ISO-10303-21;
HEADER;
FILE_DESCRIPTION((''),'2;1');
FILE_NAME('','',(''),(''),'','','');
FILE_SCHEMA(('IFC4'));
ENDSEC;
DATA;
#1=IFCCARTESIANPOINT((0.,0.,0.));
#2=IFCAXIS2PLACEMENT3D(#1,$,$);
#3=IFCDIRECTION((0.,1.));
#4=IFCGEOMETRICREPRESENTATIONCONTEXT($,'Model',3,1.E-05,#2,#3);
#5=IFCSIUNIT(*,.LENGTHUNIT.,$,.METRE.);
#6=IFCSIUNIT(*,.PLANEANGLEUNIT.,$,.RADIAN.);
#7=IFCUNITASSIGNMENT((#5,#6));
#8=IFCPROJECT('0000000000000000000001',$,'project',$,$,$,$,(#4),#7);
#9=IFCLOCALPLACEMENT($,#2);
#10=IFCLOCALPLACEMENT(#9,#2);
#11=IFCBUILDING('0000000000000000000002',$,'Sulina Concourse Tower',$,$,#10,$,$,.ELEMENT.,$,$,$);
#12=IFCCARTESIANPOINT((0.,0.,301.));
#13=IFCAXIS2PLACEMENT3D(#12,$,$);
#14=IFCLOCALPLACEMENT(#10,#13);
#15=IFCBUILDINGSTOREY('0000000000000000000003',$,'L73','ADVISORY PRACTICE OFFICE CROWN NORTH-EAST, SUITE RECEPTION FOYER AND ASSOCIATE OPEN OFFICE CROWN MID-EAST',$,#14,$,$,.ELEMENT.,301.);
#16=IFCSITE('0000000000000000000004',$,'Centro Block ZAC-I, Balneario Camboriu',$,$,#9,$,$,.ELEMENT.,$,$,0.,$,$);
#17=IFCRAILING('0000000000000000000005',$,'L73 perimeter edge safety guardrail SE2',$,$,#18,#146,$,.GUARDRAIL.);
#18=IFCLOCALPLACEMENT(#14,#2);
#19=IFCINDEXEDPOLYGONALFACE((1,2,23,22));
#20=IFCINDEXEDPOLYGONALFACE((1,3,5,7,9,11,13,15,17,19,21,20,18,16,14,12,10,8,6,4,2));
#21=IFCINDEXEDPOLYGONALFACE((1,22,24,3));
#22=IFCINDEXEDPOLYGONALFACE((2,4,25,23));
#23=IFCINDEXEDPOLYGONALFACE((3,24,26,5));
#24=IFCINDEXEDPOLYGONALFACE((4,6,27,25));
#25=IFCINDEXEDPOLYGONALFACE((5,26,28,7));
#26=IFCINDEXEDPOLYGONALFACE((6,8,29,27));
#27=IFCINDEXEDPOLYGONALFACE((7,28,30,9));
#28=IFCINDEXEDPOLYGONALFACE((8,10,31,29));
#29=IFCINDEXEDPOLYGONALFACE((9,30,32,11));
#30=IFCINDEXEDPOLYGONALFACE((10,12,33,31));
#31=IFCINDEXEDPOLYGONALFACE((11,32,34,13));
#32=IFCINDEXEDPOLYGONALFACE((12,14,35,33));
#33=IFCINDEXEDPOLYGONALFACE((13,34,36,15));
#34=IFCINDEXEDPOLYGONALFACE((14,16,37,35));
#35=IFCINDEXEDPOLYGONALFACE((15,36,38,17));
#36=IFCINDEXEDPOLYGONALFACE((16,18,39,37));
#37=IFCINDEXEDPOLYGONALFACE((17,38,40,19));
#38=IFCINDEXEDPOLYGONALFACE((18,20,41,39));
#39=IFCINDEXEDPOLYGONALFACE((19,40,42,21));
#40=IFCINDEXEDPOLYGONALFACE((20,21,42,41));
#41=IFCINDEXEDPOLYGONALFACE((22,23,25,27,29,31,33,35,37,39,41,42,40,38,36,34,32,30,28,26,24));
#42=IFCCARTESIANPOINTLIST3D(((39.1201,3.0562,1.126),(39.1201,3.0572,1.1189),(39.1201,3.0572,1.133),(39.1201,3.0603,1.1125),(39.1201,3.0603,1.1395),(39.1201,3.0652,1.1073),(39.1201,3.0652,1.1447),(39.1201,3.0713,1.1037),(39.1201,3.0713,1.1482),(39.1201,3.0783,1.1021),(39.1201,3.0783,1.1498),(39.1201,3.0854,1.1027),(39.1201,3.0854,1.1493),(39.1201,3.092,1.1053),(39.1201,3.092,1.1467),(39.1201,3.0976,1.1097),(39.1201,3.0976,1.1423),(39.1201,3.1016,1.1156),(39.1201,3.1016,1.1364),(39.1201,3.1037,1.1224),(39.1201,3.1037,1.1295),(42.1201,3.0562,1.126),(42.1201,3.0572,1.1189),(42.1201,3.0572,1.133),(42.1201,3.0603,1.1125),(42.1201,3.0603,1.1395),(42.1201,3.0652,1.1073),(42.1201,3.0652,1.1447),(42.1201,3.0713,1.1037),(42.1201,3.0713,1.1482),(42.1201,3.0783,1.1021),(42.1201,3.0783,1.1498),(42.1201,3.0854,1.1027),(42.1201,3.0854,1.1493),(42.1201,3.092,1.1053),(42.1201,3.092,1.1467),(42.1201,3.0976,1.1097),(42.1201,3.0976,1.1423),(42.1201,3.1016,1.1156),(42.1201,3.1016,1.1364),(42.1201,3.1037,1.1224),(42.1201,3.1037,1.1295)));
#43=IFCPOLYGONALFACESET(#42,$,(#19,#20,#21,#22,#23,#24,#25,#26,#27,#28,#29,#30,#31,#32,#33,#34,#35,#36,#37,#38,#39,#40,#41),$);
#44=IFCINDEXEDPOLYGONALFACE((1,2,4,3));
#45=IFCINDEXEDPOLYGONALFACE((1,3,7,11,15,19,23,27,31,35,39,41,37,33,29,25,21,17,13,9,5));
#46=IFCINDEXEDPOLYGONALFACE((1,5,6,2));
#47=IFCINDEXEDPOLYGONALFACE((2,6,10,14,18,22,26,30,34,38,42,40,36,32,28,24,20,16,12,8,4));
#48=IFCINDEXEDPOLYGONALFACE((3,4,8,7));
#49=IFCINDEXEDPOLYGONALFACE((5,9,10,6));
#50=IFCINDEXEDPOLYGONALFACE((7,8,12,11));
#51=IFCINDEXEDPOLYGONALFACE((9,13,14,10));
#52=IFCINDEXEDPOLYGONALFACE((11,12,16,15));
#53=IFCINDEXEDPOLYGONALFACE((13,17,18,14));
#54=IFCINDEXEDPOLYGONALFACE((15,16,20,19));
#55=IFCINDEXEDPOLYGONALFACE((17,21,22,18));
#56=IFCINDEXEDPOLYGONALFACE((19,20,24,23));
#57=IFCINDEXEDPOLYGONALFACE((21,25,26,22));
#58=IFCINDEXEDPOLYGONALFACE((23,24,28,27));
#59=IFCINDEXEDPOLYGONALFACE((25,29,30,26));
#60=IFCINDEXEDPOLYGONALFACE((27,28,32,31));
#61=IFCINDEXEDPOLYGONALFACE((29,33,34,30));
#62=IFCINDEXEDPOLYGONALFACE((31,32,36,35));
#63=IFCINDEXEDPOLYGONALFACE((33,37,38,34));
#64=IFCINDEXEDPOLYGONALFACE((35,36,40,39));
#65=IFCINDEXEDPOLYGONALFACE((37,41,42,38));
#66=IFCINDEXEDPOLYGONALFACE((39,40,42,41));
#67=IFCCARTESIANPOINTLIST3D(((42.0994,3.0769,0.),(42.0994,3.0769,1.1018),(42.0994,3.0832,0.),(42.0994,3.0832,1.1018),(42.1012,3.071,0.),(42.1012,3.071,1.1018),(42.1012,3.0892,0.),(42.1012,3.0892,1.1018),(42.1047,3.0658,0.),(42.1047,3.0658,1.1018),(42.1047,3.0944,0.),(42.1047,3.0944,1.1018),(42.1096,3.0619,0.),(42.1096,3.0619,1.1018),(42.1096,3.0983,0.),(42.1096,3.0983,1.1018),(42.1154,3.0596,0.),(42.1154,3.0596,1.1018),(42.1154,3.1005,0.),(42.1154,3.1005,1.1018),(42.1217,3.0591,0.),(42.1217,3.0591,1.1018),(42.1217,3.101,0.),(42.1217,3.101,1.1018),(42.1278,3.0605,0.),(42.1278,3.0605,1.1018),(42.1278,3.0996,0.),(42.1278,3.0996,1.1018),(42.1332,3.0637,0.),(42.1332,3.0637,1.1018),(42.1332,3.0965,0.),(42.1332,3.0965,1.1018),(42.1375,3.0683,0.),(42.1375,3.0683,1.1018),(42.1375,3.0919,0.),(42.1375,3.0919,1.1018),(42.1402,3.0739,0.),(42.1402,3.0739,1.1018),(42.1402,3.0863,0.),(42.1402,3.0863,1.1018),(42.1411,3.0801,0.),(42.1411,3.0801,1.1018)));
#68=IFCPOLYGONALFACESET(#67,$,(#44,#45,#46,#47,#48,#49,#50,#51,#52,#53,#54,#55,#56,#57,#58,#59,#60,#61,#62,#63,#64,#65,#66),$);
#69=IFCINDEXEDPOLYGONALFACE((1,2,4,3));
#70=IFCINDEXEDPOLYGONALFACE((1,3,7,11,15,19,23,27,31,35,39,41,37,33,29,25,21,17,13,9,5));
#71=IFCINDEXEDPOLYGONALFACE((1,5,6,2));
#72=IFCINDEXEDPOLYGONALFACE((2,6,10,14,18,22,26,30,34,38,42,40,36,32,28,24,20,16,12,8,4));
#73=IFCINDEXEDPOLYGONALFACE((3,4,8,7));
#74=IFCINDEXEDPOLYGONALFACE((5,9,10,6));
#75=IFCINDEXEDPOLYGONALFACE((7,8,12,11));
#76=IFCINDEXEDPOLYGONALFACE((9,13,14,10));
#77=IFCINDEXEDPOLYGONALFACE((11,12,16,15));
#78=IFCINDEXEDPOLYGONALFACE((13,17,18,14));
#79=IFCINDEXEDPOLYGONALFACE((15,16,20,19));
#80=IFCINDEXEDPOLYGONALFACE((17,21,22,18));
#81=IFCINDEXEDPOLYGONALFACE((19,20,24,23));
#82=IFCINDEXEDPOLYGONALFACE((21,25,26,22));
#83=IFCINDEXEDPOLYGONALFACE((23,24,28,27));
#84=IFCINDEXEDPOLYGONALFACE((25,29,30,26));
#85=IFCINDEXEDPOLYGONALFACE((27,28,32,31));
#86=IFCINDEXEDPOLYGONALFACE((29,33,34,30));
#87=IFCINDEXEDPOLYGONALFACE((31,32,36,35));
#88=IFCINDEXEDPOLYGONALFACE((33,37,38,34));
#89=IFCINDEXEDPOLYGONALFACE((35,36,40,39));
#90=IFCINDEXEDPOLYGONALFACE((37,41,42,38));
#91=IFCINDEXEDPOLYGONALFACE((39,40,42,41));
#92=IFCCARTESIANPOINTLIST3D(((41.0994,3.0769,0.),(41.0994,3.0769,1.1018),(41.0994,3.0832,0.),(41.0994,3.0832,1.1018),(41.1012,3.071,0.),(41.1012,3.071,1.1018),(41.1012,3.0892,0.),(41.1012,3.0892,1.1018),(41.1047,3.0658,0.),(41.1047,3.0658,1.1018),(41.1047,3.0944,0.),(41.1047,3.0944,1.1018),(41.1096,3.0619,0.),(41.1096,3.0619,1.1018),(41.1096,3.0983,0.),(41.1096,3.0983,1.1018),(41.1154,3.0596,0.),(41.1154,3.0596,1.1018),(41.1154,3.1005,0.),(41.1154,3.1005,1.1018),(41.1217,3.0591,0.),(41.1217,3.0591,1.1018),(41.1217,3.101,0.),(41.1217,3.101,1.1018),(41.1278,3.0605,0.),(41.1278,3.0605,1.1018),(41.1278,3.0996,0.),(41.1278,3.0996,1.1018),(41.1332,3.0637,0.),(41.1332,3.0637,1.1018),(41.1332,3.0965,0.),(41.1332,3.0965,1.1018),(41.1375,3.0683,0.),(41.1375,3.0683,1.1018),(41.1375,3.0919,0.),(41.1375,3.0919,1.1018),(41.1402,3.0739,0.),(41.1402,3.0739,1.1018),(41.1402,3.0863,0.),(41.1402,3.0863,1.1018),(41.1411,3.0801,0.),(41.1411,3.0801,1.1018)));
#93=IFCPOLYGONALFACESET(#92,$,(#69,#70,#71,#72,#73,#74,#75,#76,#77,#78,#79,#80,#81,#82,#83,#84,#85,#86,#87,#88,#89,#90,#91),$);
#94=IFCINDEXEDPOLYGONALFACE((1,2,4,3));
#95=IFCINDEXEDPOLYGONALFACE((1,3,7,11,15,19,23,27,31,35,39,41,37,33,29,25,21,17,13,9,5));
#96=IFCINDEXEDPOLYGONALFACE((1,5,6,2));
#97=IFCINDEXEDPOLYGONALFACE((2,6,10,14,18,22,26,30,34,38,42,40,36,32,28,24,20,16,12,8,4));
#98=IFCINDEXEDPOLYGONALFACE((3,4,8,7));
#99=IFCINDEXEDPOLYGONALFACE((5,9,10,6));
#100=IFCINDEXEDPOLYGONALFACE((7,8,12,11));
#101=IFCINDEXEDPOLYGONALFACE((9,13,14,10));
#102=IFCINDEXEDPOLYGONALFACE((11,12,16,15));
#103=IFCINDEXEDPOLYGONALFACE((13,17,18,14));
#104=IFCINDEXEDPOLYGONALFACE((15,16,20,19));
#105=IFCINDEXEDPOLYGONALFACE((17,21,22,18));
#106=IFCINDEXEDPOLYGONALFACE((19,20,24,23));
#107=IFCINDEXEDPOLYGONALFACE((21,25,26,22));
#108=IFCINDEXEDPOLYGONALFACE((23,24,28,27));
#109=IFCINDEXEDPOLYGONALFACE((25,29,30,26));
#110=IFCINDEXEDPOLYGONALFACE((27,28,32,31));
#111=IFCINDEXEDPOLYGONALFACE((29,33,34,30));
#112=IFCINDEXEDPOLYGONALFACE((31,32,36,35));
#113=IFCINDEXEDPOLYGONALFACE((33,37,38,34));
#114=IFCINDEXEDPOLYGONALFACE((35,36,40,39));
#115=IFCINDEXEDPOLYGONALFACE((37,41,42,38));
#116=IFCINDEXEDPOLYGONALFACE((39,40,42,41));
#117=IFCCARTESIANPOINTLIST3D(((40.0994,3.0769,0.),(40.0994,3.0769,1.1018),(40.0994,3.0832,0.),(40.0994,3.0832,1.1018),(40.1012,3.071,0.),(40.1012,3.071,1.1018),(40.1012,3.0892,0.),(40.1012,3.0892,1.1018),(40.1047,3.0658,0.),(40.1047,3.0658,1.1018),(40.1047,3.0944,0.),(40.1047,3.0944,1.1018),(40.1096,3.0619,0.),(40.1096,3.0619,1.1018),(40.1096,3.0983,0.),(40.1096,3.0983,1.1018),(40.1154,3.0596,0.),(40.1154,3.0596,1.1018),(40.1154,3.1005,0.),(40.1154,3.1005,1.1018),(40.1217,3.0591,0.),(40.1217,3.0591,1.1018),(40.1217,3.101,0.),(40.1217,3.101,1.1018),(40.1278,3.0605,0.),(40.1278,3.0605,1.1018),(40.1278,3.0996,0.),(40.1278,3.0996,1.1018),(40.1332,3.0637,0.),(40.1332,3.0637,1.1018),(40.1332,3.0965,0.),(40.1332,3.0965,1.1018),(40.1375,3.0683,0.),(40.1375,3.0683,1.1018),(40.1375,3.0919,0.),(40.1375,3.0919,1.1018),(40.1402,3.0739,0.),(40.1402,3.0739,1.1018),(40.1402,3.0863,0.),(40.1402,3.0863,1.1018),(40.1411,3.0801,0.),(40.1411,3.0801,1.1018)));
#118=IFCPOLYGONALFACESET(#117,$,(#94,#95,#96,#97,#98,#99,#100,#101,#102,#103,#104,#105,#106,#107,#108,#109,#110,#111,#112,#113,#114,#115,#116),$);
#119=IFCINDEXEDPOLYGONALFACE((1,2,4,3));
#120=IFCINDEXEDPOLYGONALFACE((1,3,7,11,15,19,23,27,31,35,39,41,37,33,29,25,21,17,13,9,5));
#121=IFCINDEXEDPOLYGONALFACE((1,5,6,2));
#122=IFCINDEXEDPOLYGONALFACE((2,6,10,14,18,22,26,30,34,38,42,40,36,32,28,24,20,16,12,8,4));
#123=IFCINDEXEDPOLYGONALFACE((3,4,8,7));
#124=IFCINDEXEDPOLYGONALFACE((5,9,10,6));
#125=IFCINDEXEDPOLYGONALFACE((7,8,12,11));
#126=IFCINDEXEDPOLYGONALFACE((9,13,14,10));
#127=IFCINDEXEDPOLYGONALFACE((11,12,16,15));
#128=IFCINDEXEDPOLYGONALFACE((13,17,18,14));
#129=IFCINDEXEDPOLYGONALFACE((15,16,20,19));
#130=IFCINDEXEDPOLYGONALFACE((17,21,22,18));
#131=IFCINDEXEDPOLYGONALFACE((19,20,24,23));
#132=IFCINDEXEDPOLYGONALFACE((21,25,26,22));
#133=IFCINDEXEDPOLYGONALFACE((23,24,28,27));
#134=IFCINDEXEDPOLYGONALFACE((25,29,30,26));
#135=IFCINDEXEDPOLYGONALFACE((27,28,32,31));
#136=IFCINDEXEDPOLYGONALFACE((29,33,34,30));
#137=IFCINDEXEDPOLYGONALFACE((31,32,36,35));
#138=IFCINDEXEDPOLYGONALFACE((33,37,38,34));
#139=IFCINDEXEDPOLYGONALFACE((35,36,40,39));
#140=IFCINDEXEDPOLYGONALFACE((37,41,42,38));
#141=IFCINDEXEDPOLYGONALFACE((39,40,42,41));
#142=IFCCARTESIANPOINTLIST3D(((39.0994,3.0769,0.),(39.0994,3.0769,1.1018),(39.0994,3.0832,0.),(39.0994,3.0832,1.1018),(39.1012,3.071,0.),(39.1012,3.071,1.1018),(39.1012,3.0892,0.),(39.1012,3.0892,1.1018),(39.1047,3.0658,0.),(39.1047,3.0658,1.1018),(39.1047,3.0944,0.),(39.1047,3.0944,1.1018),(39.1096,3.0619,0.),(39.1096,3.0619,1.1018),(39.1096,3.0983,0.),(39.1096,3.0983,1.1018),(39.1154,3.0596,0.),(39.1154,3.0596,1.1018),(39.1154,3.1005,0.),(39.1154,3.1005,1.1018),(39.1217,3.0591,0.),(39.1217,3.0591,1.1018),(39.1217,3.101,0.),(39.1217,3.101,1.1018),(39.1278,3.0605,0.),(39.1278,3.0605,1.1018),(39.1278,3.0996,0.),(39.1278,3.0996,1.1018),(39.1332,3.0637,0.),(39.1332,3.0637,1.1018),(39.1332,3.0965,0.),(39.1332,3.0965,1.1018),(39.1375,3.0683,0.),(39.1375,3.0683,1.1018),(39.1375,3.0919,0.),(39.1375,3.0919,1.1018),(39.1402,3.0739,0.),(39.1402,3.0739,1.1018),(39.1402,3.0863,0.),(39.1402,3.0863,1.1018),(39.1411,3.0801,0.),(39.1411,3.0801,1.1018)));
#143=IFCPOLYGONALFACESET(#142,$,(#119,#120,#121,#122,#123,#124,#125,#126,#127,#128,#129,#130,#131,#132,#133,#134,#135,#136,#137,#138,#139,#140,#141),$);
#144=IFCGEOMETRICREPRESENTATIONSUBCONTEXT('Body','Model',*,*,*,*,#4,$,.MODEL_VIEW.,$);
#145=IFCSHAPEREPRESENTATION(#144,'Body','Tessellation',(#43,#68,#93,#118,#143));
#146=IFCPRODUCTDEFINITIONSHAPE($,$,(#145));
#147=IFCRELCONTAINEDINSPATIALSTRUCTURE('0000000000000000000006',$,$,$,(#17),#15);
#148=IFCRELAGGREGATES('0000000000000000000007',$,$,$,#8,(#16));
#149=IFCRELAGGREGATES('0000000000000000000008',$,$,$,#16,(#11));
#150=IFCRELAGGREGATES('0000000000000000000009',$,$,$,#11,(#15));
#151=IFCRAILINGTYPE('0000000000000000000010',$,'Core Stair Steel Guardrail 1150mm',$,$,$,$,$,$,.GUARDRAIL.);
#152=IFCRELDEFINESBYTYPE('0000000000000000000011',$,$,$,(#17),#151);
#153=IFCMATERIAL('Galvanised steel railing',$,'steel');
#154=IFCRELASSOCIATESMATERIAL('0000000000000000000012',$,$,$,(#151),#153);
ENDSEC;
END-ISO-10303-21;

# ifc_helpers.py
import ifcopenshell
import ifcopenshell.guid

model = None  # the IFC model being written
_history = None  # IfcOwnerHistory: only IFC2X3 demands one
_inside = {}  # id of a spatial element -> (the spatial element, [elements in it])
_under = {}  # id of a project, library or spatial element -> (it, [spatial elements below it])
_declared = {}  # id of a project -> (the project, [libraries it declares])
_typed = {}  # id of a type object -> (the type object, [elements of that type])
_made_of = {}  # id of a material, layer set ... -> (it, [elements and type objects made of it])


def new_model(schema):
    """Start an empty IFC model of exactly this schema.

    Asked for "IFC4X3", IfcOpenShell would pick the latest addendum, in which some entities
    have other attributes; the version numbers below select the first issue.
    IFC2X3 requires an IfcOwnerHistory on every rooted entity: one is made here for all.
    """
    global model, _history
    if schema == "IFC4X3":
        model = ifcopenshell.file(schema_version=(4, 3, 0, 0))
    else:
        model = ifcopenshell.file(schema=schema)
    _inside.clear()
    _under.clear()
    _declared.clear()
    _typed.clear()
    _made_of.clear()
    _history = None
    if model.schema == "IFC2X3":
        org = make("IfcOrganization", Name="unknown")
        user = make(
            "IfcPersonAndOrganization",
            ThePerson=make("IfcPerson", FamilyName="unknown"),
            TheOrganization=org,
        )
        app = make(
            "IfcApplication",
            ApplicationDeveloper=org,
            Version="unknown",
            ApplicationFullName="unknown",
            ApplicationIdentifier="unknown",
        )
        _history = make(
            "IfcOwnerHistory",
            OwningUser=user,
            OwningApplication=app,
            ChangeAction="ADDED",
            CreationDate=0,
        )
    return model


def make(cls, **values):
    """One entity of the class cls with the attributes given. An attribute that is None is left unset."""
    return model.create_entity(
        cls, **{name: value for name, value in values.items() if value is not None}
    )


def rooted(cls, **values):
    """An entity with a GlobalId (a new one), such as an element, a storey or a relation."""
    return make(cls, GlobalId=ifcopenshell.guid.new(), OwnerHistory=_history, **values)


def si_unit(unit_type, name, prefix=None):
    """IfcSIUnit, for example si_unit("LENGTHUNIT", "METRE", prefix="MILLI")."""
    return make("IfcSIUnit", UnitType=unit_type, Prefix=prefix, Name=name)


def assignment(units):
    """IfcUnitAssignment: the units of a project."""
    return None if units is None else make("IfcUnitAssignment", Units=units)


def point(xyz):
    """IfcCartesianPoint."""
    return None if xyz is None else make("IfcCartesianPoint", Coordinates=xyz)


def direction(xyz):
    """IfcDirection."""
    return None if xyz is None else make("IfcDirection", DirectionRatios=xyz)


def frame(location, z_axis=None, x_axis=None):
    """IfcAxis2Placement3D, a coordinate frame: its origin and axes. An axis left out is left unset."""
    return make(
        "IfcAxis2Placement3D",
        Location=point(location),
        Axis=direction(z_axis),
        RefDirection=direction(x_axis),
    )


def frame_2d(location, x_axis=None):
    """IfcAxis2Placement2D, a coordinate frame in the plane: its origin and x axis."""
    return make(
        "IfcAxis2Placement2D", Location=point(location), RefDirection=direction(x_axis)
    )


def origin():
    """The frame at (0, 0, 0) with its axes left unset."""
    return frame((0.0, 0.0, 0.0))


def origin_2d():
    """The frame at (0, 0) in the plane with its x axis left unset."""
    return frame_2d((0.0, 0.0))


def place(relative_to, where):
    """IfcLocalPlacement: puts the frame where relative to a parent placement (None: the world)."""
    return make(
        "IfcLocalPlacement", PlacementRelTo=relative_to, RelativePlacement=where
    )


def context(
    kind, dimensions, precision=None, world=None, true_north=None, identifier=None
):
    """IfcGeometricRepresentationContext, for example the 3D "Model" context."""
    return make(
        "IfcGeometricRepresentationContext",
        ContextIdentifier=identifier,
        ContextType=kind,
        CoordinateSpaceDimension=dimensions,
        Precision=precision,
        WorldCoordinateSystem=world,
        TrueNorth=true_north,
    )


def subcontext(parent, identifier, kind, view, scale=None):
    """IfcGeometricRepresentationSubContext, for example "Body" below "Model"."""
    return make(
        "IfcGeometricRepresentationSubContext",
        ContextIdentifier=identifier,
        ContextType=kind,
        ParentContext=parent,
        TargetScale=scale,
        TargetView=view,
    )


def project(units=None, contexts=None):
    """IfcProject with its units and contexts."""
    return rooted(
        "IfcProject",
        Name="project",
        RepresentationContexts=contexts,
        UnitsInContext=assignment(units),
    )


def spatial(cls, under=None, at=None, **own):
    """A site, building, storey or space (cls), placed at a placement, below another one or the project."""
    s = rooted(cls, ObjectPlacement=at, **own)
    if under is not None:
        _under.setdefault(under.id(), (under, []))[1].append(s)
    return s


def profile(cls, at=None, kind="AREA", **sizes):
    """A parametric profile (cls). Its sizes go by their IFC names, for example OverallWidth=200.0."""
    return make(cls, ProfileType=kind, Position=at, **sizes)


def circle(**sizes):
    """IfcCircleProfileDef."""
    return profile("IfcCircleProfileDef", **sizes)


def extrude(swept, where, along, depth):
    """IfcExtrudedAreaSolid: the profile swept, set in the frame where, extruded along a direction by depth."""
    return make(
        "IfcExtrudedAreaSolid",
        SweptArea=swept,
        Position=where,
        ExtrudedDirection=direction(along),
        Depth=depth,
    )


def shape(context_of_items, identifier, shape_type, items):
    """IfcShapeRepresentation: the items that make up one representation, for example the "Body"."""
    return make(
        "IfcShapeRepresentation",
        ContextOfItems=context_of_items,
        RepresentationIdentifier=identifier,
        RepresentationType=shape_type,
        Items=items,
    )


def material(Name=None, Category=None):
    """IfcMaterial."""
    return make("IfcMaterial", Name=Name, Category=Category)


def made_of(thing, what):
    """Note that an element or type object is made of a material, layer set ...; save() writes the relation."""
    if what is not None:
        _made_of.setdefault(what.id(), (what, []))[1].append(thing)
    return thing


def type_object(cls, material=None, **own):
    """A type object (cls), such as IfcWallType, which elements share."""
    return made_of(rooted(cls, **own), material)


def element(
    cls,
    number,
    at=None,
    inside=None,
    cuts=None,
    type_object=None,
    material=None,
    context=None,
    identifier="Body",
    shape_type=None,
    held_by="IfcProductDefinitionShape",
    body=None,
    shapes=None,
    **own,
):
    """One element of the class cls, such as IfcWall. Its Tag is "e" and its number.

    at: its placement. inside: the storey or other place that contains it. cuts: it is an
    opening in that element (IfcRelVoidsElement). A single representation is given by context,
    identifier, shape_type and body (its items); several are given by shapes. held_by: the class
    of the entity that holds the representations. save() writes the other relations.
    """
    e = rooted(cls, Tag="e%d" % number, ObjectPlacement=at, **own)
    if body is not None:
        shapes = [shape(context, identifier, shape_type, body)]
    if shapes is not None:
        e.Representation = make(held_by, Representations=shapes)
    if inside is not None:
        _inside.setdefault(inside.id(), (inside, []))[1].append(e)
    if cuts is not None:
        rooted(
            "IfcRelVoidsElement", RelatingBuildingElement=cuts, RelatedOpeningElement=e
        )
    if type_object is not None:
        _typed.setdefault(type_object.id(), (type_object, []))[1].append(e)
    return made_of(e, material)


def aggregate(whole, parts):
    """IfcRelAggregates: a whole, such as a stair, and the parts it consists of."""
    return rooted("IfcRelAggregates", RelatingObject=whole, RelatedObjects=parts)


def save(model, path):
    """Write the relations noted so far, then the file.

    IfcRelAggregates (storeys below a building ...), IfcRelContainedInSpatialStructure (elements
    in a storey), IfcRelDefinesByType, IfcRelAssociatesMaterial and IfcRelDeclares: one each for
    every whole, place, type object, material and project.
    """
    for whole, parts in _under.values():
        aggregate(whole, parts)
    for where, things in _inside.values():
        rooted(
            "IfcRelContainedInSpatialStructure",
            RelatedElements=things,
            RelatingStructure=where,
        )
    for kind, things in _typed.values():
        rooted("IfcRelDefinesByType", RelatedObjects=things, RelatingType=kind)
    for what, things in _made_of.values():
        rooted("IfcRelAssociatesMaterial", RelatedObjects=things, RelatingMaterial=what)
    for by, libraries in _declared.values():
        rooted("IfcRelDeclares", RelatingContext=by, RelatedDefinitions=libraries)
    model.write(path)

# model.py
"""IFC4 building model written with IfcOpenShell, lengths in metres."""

from ifc_helpers import new_model, si_unit, direction, frame, origin, origin_2d, place, context, subcontext, project, spatial, circle, extrude, material, type_object, element, save


model = new_model("IFC4")

# Units and contexts
model_context = context("Model", 3, precision=1e-05, world=origin(), true_north=direction((0.0, 1.0)))
body_context = subcontext(model_context, "Body", "Model", "MODEL_VIEW")
ifc_project = project(units=[si_unit("LENGTHUNIT", "METRE"), si_unit("PLANEANGLEUNIT", "RADIAN")], contexts=[model_context])

# Site, building, storey
site_placement = place(None, origin())
site = spatial("IfcSite", under=ifc_project, at=site_placement, Name="Centro Block ZAC-I, Balneario Camboriu", CompositionType="ELEMENT", RefElevation=0.0)
building_placement = place(site_placement, origin())
building = spatial("IfcBuilding", under=site, at=building_placement, Name="Sulina Concourse Tower", CompositionType="ELEMENT")
storey_placement = place(building_placement, frame((0.0, 0.0, 301.0)))
storey = spatial("IfcBuildingStorey", under=building, at=storey_placement, Name="L73", Description="ADVISORY PRACTICE OFFICE CROWN NORTH-EAST, SUITE RECEPTION FOYER AND ASSOCIATE OPEN OFFICE CROWN MID-EAST", CompositionType="ELEMENT", Elevation=301.0)

# Railing
ifc_material_1 = material(Name="Galvanised steel railing", Category="steel")
railing_type = type_object("IfcRailingType", Name="Core Stair Steel Guardrail 1150mm", PredefinedType="GUARDRAIL", material=ifc_material_1)
railing_1_placement = place(storey_placement, frame((42.1201, 3.0801, 0.0)))
element("IfcRailing", 1, at=railing_1_placement, inside=storey, type_object=railing_type, Name="L73 perimeter edge safety guardrail SE2", PredefinedType="GUARDRAIL", context=body_context, shape_type="SweptSolid", body=[
    extrude(circle(Radius=0.0239, at=origin_2d()), frame((0.0, 0.0, 1.126), z_axis=(-1.0, 0.0, 0.0), x_axis=(0.0, -1.0, 0.0)), (0.0, 0.0, 1.0), 3.0),
    extrude(circle(Radius=0.021, at=origin_2d()), origin(), (0.0, 0.0, 1.0), 1.1018),
    extrude(circle(Radius=0.021, at=origin_2d()), frame((-1.0, 0.0, 0.0)), (0.0, 0.0, 1.0), 1.1018),
    extrude(circle(Radius=0.021, at=origin_2d()), frame((-2.0, 0.0, 0.0)), (0.0, 0.0, 1.0), 1.1018),
    extrude(circle(Radius=0.021, at=origin_2d()), frame((-3.0, 0.0, 0.0)), (0.0, 0.0, 1.0), 1.1018),
])

save(model, "model.ifc")
